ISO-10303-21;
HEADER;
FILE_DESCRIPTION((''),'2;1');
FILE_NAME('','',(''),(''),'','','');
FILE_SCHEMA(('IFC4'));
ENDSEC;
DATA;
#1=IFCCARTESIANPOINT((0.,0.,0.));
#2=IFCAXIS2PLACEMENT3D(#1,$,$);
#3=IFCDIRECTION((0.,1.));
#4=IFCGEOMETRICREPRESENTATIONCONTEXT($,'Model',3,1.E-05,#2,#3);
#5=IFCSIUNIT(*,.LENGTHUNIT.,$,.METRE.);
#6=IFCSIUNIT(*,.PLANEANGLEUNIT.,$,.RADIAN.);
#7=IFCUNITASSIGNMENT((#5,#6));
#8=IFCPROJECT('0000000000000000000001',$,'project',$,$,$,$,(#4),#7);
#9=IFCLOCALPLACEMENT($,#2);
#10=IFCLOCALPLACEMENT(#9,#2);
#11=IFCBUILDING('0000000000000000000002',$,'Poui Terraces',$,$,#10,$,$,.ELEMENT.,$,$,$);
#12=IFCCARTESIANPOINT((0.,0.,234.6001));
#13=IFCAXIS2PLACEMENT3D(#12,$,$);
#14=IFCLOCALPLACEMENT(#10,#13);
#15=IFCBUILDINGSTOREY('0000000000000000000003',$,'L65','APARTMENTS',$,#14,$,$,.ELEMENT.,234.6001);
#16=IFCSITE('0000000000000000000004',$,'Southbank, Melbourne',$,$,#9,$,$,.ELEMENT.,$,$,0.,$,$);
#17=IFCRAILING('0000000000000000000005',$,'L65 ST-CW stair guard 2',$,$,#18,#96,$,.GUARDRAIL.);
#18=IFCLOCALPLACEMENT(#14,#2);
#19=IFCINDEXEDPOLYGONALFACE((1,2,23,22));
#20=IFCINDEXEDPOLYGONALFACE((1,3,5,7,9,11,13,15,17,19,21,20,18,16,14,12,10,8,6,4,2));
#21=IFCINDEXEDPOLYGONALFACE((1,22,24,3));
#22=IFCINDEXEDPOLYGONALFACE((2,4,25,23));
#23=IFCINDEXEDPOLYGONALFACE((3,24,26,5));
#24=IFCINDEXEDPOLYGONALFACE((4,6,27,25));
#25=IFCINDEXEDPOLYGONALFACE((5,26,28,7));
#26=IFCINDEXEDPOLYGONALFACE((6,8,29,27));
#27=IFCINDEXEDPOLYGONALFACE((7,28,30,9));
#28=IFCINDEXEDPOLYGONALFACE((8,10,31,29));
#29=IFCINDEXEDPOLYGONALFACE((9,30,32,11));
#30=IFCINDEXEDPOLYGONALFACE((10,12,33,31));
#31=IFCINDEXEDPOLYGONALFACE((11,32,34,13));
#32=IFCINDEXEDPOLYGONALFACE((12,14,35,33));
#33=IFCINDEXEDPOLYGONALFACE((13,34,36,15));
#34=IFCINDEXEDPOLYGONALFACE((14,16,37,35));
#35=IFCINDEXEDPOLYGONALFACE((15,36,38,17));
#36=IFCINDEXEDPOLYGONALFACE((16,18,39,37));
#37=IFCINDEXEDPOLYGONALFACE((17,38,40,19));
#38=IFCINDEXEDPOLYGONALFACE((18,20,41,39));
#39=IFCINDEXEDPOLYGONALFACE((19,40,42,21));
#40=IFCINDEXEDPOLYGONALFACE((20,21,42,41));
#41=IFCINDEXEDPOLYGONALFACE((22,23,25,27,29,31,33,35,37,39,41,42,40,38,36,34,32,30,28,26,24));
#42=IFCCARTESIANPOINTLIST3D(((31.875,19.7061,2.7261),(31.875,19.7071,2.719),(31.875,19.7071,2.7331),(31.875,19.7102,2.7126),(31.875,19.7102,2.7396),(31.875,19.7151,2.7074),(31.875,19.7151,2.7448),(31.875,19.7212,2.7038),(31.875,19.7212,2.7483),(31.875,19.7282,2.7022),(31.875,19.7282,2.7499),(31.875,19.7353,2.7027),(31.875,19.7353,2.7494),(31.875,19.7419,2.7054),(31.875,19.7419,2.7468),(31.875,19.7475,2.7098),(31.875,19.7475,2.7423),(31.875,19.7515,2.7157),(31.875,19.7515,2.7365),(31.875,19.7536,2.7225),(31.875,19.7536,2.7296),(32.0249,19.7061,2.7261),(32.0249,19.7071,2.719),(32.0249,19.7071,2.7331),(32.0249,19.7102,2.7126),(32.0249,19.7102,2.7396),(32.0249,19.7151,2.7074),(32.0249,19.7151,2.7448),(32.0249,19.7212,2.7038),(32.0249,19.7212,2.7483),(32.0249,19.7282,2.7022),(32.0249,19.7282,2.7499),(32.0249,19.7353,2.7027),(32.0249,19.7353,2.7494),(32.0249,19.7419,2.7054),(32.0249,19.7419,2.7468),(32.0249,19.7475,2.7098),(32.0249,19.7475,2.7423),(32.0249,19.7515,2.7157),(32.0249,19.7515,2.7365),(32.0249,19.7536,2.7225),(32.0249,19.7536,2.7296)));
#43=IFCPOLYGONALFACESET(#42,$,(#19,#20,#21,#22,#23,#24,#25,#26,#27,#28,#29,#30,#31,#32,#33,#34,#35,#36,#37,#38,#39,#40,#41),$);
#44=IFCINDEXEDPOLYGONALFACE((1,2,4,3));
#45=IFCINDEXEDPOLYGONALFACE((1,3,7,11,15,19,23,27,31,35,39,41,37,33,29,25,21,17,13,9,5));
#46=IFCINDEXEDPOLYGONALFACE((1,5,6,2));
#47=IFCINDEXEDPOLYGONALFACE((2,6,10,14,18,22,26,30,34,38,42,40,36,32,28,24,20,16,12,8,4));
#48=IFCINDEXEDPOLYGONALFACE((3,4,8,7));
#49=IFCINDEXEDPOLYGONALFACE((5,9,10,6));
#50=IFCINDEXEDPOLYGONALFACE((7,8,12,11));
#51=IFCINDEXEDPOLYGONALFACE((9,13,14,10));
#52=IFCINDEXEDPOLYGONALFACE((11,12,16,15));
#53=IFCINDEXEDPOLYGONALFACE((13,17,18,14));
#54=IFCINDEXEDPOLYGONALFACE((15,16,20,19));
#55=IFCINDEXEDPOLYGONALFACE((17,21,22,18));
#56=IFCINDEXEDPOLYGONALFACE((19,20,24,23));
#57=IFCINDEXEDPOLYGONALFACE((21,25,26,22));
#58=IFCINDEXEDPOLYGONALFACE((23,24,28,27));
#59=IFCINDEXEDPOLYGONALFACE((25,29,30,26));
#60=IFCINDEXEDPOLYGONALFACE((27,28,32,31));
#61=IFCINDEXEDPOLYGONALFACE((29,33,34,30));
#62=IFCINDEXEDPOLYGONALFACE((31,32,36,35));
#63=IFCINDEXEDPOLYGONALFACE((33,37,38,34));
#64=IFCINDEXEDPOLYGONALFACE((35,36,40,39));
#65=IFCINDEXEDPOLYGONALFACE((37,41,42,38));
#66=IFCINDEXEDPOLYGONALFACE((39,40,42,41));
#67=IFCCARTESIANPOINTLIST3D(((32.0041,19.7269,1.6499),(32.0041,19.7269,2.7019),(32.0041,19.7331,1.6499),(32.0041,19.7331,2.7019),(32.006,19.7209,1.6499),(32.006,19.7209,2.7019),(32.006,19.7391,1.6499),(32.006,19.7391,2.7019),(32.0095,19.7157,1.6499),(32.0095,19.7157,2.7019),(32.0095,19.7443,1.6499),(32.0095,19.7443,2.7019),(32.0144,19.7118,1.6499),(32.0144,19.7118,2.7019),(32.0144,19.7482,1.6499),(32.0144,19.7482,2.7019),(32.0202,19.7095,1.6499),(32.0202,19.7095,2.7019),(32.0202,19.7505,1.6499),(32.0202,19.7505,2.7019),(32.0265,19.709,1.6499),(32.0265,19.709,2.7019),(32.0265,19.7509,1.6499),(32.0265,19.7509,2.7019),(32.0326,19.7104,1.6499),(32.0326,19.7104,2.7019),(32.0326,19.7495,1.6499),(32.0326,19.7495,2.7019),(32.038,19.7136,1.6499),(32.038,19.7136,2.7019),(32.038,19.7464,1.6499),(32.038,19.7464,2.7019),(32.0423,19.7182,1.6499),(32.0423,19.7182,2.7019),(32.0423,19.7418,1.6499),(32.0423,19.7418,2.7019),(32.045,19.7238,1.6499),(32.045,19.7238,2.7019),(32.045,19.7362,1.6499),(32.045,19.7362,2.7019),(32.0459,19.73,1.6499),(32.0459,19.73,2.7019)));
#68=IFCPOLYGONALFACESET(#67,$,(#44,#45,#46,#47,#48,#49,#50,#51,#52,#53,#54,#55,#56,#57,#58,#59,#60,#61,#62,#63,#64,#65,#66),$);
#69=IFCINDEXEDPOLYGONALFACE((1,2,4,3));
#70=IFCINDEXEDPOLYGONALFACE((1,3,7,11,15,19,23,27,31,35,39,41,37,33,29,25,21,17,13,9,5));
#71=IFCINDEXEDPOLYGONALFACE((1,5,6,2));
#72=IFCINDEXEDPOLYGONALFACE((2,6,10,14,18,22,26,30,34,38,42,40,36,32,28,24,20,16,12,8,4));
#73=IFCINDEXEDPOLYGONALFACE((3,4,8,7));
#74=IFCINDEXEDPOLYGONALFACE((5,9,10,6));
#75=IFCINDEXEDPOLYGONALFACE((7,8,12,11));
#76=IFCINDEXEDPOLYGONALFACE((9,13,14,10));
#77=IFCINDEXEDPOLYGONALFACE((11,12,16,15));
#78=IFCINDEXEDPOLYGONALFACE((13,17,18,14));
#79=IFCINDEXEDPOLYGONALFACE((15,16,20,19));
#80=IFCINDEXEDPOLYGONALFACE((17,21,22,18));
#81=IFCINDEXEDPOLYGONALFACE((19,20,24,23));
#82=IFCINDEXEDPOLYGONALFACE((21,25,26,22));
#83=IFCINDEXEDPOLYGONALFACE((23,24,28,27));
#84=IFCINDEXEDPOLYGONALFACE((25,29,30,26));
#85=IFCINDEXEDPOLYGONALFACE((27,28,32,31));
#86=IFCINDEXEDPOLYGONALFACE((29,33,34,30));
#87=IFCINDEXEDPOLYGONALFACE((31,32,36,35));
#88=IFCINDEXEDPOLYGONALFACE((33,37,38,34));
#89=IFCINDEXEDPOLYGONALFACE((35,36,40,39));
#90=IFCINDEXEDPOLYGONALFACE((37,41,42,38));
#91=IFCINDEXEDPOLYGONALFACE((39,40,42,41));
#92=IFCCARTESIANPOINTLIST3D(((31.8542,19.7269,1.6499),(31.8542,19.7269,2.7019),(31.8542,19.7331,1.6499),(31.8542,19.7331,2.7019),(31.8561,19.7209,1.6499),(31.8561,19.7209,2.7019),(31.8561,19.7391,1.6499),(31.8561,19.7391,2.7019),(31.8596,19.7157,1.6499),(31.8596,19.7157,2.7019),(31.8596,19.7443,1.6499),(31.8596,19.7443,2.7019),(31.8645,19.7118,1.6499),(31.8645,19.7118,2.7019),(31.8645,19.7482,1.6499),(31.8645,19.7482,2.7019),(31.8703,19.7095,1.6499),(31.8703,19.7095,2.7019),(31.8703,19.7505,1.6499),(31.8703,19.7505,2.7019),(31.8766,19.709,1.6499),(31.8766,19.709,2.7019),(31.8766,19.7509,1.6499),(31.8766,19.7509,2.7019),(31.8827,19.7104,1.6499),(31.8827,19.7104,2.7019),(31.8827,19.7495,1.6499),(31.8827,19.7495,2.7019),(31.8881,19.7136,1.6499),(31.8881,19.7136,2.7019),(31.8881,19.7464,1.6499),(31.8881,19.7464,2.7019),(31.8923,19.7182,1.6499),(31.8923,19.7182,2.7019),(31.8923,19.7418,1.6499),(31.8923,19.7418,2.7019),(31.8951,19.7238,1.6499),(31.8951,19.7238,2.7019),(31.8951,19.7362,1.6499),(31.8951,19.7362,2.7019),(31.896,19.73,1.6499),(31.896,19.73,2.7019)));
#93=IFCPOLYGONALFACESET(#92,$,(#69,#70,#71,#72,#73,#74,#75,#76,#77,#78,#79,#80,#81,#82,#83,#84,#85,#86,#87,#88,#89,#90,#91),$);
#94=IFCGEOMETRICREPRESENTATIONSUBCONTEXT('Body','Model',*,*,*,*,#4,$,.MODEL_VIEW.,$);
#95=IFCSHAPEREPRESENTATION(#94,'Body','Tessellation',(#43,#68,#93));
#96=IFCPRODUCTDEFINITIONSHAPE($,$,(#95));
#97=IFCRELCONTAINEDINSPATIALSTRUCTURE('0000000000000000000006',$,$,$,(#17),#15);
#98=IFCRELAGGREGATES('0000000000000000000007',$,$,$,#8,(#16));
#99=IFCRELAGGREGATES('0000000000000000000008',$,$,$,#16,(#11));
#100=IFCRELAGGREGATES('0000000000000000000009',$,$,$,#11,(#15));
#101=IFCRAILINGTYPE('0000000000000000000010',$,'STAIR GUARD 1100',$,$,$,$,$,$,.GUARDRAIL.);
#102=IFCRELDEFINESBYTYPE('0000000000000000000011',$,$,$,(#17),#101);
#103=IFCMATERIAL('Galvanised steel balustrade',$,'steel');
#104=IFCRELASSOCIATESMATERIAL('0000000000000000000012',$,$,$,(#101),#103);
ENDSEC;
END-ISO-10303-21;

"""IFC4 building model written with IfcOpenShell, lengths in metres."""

from ifc_helpers import new_model, si_unit, direction, frame, origin, origin_2d, place, context, subcontext, project, spatial, circle, extrude, material, type_object, element, save


model = new_model("IFC4")

# Units and contexts
model_context = context("Model", 3, precision=1e-05, world=origin(), true_north=direction((0.0, 1.0)))
body_context = subcontext(model_context, "Body", "Model", "MODEL_VIEW")
ifc_project = project(units=[si_unit("LENGTHUNIT", "METRE"), si_unit("PLANEANGLEUNIT", "RADIAN")], contexts=[model_context])

# Site, building, storey
site_placement = place(None, origin())
site = spatial("IfcSite", under=ifc_project, at=site_placement, Name="Southbank, Melbourne", CompositionType="ELEMENT", RefElevation=0.0)
building_placement = place(site_placement, origin())
building = spatial("IfcBuilding", under=site, at=building_placement, Name="Poui Terraces", CompositionType="ELEMENT")
storey_placement = place(building_placement, frame((0.0, 0.0, 234.6001)))
storey = spatial("IfcBuildingStorey", under=building, at=storey_placement, Name="L65", Description="APARTMENTS", CompositionType="ELEMENT", Elevation=234.6001)

# Railing
ifc_material_1 = material(Name="Galvanised steel balustrade", Category="steel")
railing_type_1 = type_object("IfcRailingType", Name="STAIR GUARD 1100", PredefinedType="GUARDRAIL", material=ifc_material_1)
railing_1_placement = place(storey_placement, frame((32.0249, 19.73, 1.6499)))
element("IfcRailing", 1, at=railing_1_placement, inside=storey, type_object=railing_type_1, Name="L65 ST-CW stair guard 2", PredefinedType="GUARDRAIL", context=body_context, shape_type="SweptSolid", body=[
    extrude(circle(Radius=0.0239, at=origin_2d()), frame((0.0, 0.0, 1.0762), z_axis=(-1.0, 0.0, 0.0), x_axis=(0.0, -1.0, 0.0)), (0.0, 0.0, 1.0), 0.1499),
    extrude(circle(Radius=0.021, at=origin_2d()), origin(), (0.0, 0.0, 1.0), 1.052),
    extrude(circle(Radius=0.021, at=origin_2d()), frame((-0.1499, 0.0, 0.0)), (0.0, 0.0, 1.0), 1.052),
])

save(model, "model.ifc")
